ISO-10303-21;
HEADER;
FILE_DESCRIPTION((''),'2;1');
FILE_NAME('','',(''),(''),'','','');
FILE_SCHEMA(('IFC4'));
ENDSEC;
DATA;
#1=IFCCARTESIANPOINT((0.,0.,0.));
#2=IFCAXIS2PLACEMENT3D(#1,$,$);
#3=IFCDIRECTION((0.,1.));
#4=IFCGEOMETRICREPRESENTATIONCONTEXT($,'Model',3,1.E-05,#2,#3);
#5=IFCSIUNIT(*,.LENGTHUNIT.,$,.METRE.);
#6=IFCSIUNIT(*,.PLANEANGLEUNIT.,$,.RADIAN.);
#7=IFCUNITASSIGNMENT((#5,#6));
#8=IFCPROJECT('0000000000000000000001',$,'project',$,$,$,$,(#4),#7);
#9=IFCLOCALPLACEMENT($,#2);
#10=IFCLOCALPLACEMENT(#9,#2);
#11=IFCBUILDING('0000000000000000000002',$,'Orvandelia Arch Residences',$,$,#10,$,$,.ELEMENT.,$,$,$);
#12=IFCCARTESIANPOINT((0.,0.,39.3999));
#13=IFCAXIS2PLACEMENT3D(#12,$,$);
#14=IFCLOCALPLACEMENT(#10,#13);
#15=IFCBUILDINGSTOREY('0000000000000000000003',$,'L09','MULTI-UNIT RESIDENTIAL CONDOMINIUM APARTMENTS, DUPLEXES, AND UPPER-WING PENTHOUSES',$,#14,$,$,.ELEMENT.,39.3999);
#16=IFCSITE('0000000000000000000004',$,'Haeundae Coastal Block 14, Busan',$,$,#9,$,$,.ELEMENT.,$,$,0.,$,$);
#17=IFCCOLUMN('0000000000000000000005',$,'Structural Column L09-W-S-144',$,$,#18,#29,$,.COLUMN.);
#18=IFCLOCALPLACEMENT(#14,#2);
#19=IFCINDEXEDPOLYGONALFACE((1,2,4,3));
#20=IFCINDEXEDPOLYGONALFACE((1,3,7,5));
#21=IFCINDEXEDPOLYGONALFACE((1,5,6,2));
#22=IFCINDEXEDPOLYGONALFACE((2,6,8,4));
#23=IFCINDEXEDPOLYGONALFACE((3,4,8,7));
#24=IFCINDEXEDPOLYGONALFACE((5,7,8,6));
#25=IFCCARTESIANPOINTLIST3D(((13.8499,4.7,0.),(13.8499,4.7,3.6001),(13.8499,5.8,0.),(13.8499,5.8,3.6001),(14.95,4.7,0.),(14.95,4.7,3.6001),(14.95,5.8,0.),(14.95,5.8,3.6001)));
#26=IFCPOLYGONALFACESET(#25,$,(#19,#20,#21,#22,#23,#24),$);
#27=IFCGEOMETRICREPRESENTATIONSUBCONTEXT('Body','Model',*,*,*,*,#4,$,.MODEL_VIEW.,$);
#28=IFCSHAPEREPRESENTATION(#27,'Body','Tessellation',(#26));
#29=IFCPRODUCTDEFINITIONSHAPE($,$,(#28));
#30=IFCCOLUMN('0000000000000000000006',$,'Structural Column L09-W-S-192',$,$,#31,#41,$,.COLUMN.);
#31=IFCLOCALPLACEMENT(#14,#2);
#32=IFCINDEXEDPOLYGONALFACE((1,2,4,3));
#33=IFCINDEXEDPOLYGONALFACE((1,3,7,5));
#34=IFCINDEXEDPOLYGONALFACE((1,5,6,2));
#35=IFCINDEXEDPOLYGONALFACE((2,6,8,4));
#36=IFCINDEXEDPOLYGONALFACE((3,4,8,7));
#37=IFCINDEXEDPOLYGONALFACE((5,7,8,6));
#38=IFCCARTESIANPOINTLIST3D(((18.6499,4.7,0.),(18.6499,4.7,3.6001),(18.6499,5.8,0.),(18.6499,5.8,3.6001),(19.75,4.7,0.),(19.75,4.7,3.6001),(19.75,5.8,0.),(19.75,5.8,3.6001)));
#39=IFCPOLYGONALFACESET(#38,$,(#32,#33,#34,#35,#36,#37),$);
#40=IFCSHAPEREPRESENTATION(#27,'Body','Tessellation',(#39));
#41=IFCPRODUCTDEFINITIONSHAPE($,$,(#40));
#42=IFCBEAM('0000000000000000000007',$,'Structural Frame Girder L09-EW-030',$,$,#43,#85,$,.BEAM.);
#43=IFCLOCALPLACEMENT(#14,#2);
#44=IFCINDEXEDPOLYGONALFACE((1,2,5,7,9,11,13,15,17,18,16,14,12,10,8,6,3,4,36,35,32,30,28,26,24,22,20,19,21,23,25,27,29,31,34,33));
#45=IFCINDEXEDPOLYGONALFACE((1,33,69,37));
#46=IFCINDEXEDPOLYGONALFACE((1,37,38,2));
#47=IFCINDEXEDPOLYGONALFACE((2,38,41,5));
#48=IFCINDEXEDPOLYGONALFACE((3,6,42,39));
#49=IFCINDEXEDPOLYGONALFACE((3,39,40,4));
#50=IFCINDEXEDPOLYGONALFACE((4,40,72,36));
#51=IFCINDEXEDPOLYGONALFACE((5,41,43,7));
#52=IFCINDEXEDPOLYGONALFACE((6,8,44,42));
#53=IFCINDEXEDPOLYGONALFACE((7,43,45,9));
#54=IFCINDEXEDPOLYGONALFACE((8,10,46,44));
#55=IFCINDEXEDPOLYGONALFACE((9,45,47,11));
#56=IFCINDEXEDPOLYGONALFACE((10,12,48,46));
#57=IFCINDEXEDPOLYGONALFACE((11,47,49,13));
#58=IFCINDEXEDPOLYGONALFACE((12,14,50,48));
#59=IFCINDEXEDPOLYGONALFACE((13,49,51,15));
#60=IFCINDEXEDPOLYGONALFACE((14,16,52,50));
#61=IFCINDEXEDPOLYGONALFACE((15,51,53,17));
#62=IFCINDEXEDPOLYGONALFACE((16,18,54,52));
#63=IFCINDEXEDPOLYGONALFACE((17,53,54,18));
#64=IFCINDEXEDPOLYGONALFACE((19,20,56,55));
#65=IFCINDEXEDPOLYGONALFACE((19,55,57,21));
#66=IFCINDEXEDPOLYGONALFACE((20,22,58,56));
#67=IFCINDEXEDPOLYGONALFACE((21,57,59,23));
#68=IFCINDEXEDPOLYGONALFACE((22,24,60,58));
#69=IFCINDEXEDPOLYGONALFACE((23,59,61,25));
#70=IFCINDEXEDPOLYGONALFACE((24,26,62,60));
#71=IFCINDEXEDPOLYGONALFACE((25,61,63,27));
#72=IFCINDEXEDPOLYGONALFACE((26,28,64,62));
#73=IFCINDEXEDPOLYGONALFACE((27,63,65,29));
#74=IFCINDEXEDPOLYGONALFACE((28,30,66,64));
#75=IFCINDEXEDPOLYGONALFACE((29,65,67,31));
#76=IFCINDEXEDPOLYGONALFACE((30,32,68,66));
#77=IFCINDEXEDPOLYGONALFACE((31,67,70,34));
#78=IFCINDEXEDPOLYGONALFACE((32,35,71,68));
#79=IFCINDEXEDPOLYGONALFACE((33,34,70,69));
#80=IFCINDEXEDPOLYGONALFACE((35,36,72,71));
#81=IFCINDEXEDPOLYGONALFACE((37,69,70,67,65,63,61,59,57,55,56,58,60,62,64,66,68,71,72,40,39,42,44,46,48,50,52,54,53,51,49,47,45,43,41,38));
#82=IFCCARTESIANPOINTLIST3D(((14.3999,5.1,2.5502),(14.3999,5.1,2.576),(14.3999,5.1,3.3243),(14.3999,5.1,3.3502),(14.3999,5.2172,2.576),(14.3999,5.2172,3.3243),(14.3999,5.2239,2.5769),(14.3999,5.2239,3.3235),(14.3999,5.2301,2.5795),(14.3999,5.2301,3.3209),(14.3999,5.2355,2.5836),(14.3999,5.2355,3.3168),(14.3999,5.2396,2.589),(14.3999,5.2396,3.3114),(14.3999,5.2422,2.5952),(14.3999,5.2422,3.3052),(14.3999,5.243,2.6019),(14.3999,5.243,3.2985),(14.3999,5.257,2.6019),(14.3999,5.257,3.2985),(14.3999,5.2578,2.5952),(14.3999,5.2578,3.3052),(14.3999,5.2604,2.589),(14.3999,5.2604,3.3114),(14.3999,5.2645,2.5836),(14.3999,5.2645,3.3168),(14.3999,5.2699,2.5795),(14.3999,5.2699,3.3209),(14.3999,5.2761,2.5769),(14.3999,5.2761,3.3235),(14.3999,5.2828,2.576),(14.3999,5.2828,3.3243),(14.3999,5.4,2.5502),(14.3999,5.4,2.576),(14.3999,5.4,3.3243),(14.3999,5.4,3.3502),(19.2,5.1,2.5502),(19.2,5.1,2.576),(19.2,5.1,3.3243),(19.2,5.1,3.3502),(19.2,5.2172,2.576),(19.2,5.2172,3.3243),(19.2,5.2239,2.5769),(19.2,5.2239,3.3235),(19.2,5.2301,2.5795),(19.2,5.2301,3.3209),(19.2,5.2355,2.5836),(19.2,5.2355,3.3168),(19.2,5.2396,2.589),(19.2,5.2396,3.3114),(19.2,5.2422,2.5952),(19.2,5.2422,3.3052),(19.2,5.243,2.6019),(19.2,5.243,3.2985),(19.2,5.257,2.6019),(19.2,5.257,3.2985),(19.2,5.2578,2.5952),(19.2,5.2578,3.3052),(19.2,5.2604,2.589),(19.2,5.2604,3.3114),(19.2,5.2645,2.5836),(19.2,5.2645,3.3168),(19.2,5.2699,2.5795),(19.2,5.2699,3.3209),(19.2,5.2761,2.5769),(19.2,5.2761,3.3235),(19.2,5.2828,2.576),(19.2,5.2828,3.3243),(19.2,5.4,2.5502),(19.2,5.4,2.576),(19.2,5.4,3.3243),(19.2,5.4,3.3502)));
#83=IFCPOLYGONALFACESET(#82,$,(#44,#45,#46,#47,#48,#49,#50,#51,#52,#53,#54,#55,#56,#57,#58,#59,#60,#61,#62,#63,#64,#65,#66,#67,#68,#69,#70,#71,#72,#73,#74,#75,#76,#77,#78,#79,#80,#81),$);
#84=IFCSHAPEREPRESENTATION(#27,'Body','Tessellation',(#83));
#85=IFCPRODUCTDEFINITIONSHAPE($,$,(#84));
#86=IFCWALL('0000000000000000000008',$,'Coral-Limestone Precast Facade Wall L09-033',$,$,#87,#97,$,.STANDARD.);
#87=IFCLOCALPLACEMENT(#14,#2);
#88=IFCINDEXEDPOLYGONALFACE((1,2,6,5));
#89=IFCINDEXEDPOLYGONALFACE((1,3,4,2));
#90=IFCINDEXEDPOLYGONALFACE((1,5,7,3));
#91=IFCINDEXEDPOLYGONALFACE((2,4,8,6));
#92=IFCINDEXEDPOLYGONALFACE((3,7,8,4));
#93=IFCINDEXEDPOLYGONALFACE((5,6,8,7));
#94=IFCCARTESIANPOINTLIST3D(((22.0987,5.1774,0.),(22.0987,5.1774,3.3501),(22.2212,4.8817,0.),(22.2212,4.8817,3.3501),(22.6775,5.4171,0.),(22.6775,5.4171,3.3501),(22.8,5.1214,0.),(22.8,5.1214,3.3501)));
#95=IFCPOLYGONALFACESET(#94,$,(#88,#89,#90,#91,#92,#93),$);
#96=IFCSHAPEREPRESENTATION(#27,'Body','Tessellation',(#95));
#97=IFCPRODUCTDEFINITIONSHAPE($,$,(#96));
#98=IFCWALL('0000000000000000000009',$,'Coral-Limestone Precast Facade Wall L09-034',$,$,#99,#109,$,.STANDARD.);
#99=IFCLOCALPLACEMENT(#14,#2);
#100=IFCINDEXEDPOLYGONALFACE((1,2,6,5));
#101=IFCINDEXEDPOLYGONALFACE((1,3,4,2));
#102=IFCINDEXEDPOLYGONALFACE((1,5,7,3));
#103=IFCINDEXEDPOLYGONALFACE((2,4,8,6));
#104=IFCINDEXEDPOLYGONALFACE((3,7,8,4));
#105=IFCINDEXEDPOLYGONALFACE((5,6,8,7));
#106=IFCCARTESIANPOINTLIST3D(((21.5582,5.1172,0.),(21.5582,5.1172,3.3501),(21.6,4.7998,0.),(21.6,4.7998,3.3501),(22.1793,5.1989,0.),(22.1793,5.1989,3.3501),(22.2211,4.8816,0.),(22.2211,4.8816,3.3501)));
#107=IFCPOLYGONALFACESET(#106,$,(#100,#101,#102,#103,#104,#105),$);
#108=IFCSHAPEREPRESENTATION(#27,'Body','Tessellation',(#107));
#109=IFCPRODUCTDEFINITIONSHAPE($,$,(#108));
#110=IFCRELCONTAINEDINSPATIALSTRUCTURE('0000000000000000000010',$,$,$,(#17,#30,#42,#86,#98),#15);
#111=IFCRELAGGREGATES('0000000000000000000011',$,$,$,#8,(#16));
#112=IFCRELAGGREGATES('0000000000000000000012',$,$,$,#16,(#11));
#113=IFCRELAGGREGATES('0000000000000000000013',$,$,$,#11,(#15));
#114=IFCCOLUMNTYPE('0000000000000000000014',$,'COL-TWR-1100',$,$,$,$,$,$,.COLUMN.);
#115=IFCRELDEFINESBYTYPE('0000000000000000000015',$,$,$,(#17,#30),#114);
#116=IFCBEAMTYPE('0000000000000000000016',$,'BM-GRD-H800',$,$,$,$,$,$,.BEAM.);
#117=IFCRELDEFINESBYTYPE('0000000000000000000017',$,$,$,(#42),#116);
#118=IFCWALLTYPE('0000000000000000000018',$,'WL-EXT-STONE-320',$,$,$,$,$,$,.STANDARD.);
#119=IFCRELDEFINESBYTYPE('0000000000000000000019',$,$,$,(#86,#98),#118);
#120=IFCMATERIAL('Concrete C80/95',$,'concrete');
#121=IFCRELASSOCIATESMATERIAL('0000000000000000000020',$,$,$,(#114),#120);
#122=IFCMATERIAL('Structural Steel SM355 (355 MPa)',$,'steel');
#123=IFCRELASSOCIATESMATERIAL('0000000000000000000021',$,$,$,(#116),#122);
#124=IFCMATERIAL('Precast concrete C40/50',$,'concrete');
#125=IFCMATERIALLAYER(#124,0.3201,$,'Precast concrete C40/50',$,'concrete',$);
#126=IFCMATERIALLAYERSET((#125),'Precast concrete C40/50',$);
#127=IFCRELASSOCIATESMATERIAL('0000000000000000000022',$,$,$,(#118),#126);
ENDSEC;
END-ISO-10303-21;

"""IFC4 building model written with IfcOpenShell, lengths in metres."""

from ifc_helpers import new_model, si_unit, direction, frame, frame_2d, origin, origin_2d, place, context, subcontext, project, spatial, rectangle, i_section, extrude, material, layer, layer_set, material_profile, profile_set, type_object, element, save


model = new_model("IFC4")

# Units and contexts
model_context = context("Model", 3, precision=1e-05, world=origin(), true_north=direction((0.0, 1.0)))
body_context = subcontext(model_context, "Body", "Model", "MODEL_VIEW")
ifc_project = project(units=[si_unit("LENGTHUNIT", "METRE"), si_unit("PLANEANGLEUNIT", "RADIAN")], contexts=[model_context])

# Site, building, storey
site_placement = place(None, origin())
site = spatial("IfcSite", under=ifc_project, at=site_placement, Name="Haeundae Coastal Block 14, Busan", CompositionType="ELEMENT", RefElevation=0.0)
building_placement = place(site_placement, origin())
building = spatial("IfcBuilding", under=site, at=building_placement, Name="Orvandelia Arch Residences", CompositionType="ELEMENT")
storey_placement = place(building_placement, frame((0.0, 0.0, 39.3999)))
storey = spatial("IfcBuildingStorey", under=building, at=storey_placement, Name="L09", Description="MULTI-UNIT RESIDENTIAL CONDOMINIUM APARTMENTS, DUPLEXES, AND UPPER-WING PENTHOUSES", CompositionType="ELEMENT", Elevation=39.3999)

# Columns
ifc_material_1 = material(Name="Concrete C80/95", Category="concrete")
ifc_material_profile_1 = material_profile(ifc_material_1, rectangle(XDim=1.1001, YDim=1.1001, at=origin_2d()), Name="Concrete C80/95", Category="concrete")
ifc_profile_set_1 = profile_set([ifc_material_profile_1], Name="Concrete C80/95")
column_type = type_object("IfcColumnType", Name="COL-TWR-1100", PredefinedType="COLUMN", material=ifc_profile_set_1)
for number, where, z_axis, x_axis, name in (
    (1, (14.3999, 5.25, 0.0), (0.0, 0.0, 1.0), (1.0, 0.0, 0.0), "Structural Column L09-W-S-144"),
    (2, (19.2, 5.25, 0.0), (0.0, 0.0, 1.0), (1.0, 0.0, 0.0), "Structural Column L09-W-S-192"),
):
    element("IfcColumn", number, at=place(storey_placement, frame(where, z_axis=z_axis, x_axis=x_axis)), inside=storey, type_object=column_type, Name=name, PredefinedType="COLUMN", context=body_context, shape_type="SweptSolid", body=[
        extrude(rectangle(XDim=1.1001, YDim=1.1001, at=origin_2d()), origin(), (0.0, 0.0, 1.0), 3.6001),
    ])

# Beam
ifc_material_2 = material(Name="Structural Steel SM355 (355 MPa)", Category="steel")
ifc_material_profile_2 = material_profile(ifc_material_2, i_section(OverallWidth=0.3, OverallDepth=0.8, WebThickness=0.0139, FlangeThickness=0.0259, FilletRadius=0.0259, at=origin_2d()), Name="Structural Steel SM355 (355 MPa)", Category="steel")
ifc_profile_set_2 = profile_set([ifc_material_profile_2], Name="Structural Steel SM355 (355 MPa)")
beam_type = type_object("IfcBeamType", Name="BM-GRD-H800", PredefinedType="BEAM", material=ifc_profile_set_2)
beam_placement = place(storey_placement, frame((14.3999, 5.25, 2.9502), z_axis=(1.0, 0.0, 0.0), x_axis=(0.0, 1.0, 0.0)))
element("IfcBeam", 3, at=beam_placement, inside=storey, type_object=beam_type, Name="Structural Frame Girder L09-EW-030", PredefinedType="BEAM", context=body_context, shape_type="SweptSolid", body=[
    extrude(i_section(OverallWidth=0.3, OverallDepth=0.8, WebThickness=0.0139, FlangeThickness=0.0259, FilletRadius=0.0259, at=origin_2d()), origin(), (0.0, 0.0, 1.0), 4.8),
])

# Walls
ifc_material_3 = material(Name="Precast concrete C40/50", Category="concrete")
ifc_layer_1 = layer(ifc_material_3, 0.3201, Name="Precast concrete C40/50", Category="concrete")
ifc_layer_set_1 = layer_set([ifc_layer_1], Name="Precast concrete C40/50")
wall_type_1 = type_object("IfcWallType", Name="WL-EXT-STONE-320", PredefinedType="STANDARD", material=ifc_layer_set_1)
for number, where, z_axis, x_axis, name in (
    (4, (22.7388, 5.2693, 0.0), (0.0, 0.0, 1.0), (-0.923893, -0.38265, 0.0), "Coral-Limestone Precast Facade Wall L09-033"),
    (5, (22.2002, 5.0403, 0.0), (0.0, 0.0, 1.0), (-0.991441, -0.130555, 0.0), "Coral-Limestone Precast Facade Wall L09-034"),
):
    element("IfcWall", number, at=place(storey_placement, frame(where, z_axis=z_axis, x_axis=x_axis)), inside=storey, type_object=wall_type_1, Name=name, PredefinedType="STANDARD", context=body_context, shape_type="SweptSolid", body=[
        extrude(rectangle(XDim=0.6265, YDim=0.3201, at=frame_2d((0.3132, 0.0))), origin(), (0.0, 0.0, 1.0), 3.3501),
    ])

save(model, "model.ifc")
